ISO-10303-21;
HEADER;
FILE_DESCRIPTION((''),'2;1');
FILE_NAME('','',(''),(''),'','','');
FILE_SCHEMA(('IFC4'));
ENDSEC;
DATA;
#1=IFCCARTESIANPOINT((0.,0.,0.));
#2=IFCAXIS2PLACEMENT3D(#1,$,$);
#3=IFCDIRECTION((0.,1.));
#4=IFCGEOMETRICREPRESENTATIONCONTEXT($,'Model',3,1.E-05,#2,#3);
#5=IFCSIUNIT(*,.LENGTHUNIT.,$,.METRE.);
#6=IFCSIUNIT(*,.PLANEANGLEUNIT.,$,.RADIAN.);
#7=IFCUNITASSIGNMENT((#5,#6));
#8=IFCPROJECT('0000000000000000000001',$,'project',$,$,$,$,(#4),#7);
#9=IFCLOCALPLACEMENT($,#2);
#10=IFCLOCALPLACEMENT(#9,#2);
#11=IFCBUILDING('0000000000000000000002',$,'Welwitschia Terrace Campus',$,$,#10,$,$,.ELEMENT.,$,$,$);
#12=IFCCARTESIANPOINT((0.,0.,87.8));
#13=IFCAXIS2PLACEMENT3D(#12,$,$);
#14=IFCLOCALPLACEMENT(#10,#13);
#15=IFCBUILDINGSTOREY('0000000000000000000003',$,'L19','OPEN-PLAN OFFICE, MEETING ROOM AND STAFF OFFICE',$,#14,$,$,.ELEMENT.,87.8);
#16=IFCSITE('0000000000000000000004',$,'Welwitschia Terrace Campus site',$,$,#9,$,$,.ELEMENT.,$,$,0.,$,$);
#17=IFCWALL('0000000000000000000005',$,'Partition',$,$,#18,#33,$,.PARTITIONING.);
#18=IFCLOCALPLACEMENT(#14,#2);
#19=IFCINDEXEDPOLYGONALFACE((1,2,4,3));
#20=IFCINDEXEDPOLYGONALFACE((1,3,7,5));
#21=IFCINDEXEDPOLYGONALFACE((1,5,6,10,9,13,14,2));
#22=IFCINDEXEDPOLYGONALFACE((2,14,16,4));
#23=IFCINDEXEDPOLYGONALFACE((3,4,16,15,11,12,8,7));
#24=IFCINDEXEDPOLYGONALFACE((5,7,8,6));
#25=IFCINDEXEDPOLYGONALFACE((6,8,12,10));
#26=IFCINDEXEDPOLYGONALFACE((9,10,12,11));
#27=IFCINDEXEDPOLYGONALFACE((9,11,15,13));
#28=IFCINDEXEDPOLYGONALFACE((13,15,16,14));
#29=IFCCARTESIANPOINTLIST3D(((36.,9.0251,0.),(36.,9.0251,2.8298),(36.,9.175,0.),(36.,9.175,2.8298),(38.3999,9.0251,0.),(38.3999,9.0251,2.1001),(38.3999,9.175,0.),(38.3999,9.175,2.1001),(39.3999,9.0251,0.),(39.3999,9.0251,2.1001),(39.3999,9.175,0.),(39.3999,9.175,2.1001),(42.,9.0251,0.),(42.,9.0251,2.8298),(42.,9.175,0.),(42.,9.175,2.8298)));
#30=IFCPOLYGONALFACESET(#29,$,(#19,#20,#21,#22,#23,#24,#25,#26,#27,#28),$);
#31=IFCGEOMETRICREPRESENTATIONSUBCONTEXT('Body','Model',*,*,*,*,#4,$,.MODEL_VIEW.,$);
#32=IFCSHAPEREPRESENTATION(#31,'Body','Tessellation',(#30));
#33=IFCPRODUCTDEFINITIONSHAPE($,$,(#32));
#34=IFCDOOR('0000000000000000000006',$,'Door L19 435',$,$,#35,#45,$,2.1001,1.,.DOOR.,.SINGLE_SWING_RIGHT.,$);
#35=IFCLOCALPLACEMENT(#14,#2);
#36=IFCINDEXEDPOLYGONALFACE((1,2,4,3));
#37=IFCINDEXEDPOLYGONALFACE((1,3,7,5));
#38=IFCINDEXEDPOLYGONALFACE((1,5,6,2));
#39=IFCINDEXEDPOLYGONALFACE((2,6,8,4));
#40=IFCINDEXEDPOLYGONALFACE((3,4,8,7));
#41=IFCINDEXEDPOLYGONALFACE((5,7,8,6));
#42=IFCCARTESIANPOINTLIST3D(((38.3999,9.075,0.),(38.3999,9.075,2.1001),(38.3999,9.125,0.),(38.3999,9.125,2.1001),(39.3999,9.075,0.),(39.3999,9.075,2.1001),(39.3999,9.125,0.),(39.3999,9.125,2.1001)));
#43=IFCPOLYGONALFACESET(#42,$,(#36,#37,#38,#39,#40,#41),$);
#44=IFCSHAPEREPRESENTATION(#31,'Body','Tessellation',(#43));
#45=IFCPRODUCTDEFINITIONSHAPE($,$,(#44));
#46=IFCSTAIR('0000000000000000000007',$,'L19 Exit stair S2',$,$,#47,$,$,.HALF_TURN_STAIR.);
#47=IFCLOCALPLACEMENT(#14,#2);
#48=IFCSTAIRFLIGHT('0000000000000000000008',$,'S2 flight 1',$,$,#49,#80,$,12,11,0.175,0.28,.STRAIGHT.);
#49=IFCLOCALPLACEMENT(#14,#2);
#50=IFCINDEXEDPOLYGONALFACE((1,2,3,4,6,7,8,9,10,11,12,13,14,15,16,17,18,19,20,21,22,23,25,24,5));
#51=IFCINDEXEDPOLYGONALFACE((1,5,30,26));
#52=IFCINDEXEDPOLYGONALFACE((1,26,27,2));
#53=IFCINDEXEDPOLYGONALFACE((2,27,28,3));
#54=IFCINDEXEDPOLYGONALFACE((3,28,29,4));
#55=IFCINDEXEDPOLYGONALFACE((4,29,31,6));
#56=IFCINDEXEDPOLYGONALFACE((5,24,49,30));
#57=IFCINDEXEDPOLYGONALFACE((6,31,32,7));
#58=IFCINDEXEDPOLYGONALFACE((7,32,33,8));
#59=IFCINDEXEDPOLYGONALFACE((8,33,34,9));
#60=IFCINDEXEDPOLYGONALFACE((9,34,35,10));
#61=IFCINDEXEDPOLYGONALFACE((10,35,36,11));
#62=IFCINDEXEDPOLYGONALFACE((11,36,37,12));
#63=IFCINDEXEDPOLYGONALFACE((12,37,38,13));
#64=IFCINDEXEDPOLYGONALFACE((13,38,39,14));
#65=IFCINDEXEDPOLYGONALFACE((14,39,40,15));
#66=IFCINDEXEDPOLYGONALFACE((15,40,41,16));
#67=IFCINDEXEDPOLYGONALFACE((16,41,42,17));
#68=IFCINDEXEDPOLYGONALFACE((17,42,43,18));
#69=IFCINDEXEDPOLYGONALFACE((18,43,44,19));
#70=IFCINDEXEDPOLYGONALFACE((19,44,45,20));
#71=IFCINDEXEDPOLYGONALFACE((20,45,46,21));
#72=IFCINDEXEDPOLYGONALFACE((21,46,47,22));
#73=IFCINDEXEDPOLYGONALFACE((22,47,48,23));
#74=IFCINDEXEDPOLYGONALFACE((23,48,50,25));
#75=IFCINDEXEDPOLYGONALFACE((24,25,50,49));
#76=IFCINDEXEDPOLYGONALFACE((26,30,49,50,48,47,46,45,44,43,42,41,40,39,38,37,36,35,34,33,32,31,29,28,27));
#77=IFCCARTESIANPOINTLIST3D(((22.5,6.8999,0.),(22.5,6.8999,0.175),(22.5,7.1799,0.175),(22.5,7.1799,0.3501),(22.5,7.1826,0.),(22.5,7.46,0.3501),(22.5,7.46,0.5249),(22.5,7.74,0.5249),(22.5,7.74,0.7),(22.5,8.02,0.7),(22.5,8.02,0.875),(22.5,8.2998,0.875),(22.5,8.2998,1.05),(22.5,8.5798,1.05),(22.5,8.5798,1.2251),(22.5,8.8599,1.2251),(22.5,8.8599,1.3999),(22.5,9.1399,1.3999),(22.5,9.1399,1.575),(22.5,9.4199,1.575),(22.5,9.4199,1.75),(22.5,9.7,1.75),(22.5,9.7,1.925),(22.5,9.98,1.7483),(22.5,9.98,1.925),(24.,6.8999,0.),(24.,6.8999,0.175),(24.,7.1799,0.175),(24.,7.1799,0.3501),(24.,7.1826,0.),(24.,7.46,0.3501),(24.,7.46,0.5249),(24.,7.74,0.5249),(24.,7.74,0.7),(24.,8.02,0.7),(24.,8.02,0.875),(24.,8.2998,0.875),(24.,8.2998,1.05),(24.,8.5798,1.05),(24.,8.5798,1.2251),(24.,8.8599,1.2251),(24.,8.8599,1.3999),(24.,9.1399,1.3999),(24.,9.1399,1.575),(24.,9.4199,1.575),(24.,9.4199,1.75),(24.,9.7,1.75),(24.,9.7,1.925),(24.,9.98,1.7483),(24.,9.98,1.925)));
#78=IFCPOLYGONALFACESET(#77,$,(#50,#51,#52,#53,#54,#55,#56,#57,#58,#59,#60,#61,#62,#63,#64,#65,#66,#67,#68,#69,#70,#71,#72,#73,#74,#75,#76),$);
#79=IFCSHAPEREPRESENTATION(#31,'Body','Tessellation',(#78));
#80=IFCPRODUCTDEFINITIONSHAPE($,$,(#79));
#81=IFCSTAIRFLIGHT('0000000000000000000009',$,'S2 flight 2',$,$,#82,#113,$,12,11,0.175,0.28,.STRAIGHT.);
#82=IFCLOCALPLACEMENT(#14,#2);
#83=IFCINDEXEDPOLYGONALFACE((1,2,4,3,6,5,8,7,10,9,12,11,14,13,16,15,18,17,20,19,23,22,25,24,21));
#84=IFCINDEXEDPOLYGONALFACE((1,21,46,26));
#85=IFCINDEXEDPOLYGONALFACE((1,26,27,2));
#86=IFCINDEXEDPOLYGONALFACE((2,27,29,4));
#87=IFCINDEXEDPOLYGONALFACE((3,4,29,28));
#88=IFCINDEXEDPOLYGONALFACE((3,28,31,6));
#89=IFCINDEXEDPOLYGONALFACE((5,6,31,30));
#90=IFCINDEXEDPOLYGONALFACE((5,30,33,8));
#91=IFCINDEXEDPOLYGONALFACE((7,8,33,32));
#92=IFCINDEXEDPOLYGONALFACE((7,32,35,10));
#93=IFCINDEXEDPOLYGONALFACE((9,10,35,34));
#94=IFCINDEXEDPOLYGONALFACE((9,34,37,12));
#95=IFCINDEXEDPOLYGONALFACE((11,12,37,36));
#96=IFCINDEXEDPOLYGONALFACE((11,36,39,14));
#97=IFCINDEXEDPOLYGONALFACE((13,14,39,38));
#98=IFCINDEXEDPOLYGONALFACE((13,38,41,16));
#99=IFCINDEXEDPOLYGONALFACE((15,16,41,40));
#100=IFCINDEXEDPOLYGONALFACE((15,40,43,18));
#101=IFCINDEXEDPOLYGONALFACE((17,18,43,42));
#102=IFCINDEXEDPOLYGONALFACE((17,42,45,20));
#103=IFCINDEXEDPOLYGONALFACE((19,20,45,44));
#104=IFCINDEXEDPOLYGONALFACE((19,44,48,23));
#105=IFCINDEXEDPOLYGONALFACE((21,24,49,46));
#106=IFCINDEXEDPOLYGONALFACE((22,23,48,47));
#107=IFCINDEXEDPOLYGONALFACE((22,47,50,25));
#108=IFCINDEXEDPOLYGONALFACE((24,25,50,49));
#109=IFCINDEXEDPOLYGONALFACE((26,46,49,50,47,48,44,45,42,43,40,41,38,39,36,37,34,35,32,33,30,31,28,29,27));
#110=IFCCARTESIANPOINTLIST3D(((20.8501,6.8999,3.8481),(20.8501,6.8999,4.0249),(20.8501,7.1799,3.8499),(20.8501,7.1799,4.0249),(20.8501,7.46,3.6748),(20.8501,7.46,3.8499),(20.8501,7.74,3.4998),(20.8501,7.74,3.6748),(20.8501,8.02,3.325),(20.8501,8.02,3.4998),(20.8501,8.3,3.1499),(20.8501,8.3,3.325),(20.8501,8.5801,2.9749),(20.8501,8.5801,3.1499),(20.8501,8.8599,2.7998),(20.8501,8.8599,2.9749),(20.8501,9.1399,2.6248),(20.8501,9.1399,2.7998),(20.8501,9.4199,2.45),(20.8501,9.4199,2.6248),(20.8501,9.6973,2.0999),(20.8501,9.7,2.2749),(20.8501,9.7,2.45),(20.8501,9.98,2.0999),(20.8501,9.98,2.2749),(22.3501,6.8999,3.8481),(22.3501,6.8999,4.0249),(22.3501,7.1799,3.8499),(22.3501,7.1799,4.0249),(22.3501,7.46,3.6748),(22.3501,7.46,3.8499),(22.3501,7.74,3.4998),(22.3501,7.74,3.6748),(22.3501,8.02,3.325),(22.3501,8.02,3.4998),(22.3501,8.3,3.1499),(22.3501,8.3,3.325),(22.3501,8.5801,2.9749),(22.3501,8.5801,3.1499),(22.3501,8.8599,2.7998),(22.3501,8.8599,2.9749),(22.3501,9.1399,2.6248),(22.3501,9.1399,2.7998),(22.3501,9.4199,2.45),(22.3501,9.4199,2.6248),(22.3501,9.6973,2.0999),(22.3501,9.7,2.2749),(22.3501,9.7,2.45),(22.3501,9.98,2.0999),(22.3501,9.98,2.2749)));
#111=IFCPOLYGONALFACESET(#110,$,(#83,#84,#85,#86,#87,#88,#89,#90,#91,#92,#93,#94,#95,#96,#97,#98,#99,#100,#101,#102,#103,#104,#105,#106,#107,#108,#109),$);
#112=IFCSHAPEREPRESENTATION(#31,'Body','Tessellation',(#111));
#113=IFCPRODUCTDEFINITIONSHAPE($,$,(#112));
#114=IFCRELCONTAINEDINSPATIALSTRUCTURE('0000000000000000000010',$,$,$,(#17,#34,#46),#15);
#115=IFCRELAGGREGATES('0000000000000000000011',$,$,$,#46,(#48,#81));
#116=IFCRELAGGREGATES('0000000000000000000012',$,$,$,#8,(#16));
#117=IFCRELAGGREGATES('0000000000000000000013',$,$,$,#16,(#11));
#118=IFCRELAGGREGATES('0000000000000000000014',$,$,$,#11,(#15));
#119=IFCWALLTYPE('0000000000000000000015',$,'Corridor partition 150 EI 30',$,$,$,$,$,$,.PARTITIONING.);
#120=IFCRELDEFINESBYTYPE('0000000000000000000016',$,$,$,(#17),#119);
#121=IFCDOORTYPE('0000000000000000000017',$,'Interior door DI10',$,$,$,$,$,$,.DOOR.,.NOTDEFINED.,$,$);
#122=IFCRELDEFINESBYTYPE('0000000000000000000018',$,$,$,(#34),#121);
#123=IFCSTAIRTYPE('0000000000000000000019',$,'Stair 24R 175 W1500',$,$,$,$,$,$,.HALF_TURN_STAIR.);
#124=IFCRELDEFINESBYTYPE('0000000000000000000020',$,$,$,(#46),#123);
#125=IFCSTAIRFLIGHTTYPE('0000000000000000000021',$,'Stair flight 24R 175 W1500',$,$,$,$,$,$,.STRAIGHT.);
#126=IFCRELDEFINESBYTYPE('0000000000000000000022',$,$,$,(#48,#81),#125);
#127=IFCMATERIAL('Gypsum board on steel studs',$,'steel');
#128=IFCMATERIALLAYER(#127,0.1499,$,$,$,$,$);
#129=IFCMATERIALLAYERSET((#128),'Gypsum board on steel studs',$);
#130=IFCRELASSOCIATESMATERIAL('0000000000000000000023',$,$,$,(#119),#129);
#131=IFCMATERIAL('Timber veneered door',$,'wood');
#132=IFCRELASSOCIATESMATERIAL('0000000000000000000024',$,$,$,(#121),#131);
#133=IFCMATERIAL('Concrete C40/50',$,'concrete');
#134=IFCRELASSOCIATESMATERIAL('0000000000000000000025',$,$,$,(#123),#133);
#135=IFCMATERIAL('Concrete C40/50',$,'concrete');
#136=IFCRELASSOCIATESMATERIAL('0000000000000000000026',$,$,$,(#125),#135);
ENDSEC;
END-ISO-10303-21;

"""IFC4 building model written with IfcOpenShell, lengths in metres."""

from ifc_helpers import new_model, si_unit, direction, frame, frame_2d, origin, place, context, subcontext, project, spatial, polyline, rectangle, outline, extrude, material, layer, layer_set, type_object, element, fill, aggregate, save


model = new_model("IFC4")

# Units and contexts
model_context = context("Model", 3, precision=1e-05, world=origin(), true_north=direction((0.0, 1.0)))
body_context = subcontext(model_context, "Body", "Model", "MODEL_VIEW")
ifc_project = project(units=[si_unit("LENGTHUNIT", "METRE"), si_unit("PLANEANGLEUNIT", "RADIAN")], contexts=[model_context])

# Site, building, storey
site_placement = place(None, origin())
site = spatial("IfcSite", under=ifc_project, at=site_placement, Name="Welwitschia Terrace Campus site", CompositionType="ELEMENT", RefElevation=0.0)
building_placement = place(site_placement, origin())
building = spatial("IfcBuilding", under=site, at=building_placement, Name="Welwitschia Terrace Campus", CompositionType="ELEMENT")
storey_placement = place(building_placement, frame((0.0, 0.0, 87.8)))
storey = spatial("IfcBuildingStorey", under=building, at=storey_placement, Name="L19", Description="OPEN-PLAN OFFICE, MEETING ROOM AND STAFF OFFICE", CompositionType="ELEMENT", Elevation=87.8)

# Shared definitions
ifc_material_1 = material(Name="Gypsum board on steel studs", Category="steel")
ifc_layer_1 = layer(ifc_material_1, 0.1499)
ifc_layer_set_1 = layer_set([ifc_layer_1], Name="Gypsum board on steel studs")
wall_type_1 = type_object("IfcWallType", Name="Corridor partition 150 EI 30", PredefinedType="PARTITIONING", material=ifc_layer_set_1)

# Wall, opening, door
wall_1_placement = place(storey_placement, frame((36.0, 9.1001, 0.0), z_axis=(0.0, 0.0, 1.0), x_axis=(1.0, 0.0, 0.0)))
wall_1 = element("IfcWall", 1, at=wall_1_placement, inside=storey, type_object=wall_type_1, Name="Partition", PredefinedType="PARTITIONING", context=body_context, shape_type="SweptSolid", body=[
    extrude(rectangle(XDim=6.0, YDim=0.1499, at=frame_2d((3.0, 0.0))), origin(), (0.0, 0.0, 1.0), 2.8298),
])
opening_1_placement = place(wall_1_placement, frame((2.3999, 0.0, 0.0)))
opening_1 = element("IfcOpeningElement", 2, at=opening_1_placement, cuts=wall_1, PredefinedType="OPENING", context=body_context, shape_type="SweptSolid", body=[
    extrude(rectangle(XDim=1.0, YDim=2.1001, at=frame_2d((0.5, 1.05))), frame((0.0, 0.085, 0.0), z_axis=(0.0, -1.0, 0.0), x_axis=(1.0, 0.0, 0.0)), (0.0, 0.0, 1.0), 0.1699),
])
ifc_material_2 = material(Name="Timber veneered door", Category="wood")
door_type_1 = type_object("IfcDoorType", Name="Interior door DI10", OperationType="NOTDEFINED", PredefinedType="DOOR", material=ifc_material_2)
door_1_placement = place(opening_1_placement, origin())
door_1 = element("IfcDoor", 3, at=door_1_placement, inside=storey, type_object=door_type_1, Name="Door L19 435", OperationType="SINGLE_SWING_RIGHT", OverallHeight=2.1001, OverallWidth=1.0, PredefinedType="DOOR", context=body_context, shape_type="SweptSolid", body=[
    extrude(rectangle(XDim=1.0, YDim=2.1001, at=frame_2d((0.5, 1.05))), frame((0.0, 0.0249, 0.0), z_axis=(0.0, -1.0, 0.0), x_axis=(1.0, 0.0, 0.0)), (0.0, 0.0, 1.0), 0.05),
])
fill(opening_1, door_1)

# Stair, stair flights
ifc_material_3 = material(Name="Concrete C40/50", Category="concrete")
stair_type = type_object("IfcStairType", Name="Stair 24R 175 W1500", PredefinedType="HALF_TURN_STAIR", material=ifc_material_3)
stair_placement = place(storey_placement, origin())
stair = element("IfcStair", 4, at=stair_placement, inside=storey, type_object=stair_type, Name="L19 Exit stair S2", PredefinedType="HALF_TURN_STAIR")
ifc_material_4 = material(Name="Concrete C40/50", Category="concrete")
stair_flight_type = type_object("IfcStairFlightType", Name="Stair flight 24R 175 W1500", PredefinedType="STRAIGHT", material=ifc_material_4)
stair_flight_1_placement = place(storey_placement, frame((23.25, 6.8999, 0.0), z_axis=(0.0, 0.0, 1.0), x_axis=(0.0, 1.0, 0.0)))
stair_flight_1 = element("IfcStairFlight", 5, at=stair_flight_1_placement, type_object=stair_flight_type, Name="S2 flight 1", NumberOfRisers=12, NumberOfTreads=11, PredefinedType="STRAIGHT", RiserHeight=0.175, TreadLength=0.28, context=body_context, shape_type="SweptSolid", body=[
    extrude(outline(polyline([(0.0, 0.0), (0.0, 0.175), (0.28, 0.175), (0.28, 0.3501), (0.5601, 0.3501), (0.5601, 0.5249), (0.8401, 0.5249), (0.8401, 0.7), (1.1201, 0.7), (1.1201, 0.875), (1.3999, 0.875), (1.3999, 1.05), (1.6799, 1.05), (1.6799, 1.2251), (1.96, 1.2251), (1.96, 1.3999), (2.24, 1.3999), (2.24, 1.575), (2.52, 1.575), (2.52, 1.75), (2.8, 1.75), (2.8, 1.925), (3.0801, 1.925), (3.0801, 2.1001), (3.0801, 1.7483), (0.2827, 0.0), (0.0, 0.0)])), frame((0.0, 0.75, 0.0), z_axis=(0.0, -1.0, 0.0), x_axis=(1.0, 0.0, 0.0)), (0.0, 0.0, 1.0), 1.5),
])
stair_flight_2_placement = place(storey_placement, frame((21.6001, 9.98, 2.0999), z_axis=(0.0, 0.0, 1.0), x_axis=(0.0, -1.0, 0.0)))
stair_flight_2 = element("IfcStairFlight", 6, at=stair_flight_2_placement, type_object=stair_flight_type, Name="S2 flight 2", NumberOfRisers=12, NumberOfTreads=11, PredefinedType="STRAIGHT", RiserHeight=0.175, TreadLength=0.28, context=body_context, shape_type="SweptSolid", body=[
    extrude(outline(polyline([(0.0, 0.0), (0.0, 0.175), (0.28, 0.175), (0.28, 0.3501), (0.5601, 0.3501), (0.5601, 0.5249), (0.8401, 0.5249), (0.8401, 0.7), (1.1201, 0.7), (1.1201, 0.875), (1.3999, 0.875), (1.3999, 1.05), (1.6799, 1.05), (1.6799, 1.2251), (1.96, 1.2251), (1.96, 1.3999), (2.24, 1.3999), (2.24, 1.575), (2.52, 1.575), (2.52, 1.75), (2.8, 1.75), (2.8, 1.925), (3.0801, 1.925), (3.0801, 2.1001), (3.0801, 1.7483), (0.2827, 0.0), (0.0, 0.0)])), frame((0.0, 0.75, 0.0), z_axis=(0.0, -1.0, 0.0), x_axis=(1.0, 0.0, 0.0)), (0.0, 0.0, 1.0), 1.5),
])
aggregate(stair, [stair_flight_1, stair_flight_2])

save(model, "model.ifc")
